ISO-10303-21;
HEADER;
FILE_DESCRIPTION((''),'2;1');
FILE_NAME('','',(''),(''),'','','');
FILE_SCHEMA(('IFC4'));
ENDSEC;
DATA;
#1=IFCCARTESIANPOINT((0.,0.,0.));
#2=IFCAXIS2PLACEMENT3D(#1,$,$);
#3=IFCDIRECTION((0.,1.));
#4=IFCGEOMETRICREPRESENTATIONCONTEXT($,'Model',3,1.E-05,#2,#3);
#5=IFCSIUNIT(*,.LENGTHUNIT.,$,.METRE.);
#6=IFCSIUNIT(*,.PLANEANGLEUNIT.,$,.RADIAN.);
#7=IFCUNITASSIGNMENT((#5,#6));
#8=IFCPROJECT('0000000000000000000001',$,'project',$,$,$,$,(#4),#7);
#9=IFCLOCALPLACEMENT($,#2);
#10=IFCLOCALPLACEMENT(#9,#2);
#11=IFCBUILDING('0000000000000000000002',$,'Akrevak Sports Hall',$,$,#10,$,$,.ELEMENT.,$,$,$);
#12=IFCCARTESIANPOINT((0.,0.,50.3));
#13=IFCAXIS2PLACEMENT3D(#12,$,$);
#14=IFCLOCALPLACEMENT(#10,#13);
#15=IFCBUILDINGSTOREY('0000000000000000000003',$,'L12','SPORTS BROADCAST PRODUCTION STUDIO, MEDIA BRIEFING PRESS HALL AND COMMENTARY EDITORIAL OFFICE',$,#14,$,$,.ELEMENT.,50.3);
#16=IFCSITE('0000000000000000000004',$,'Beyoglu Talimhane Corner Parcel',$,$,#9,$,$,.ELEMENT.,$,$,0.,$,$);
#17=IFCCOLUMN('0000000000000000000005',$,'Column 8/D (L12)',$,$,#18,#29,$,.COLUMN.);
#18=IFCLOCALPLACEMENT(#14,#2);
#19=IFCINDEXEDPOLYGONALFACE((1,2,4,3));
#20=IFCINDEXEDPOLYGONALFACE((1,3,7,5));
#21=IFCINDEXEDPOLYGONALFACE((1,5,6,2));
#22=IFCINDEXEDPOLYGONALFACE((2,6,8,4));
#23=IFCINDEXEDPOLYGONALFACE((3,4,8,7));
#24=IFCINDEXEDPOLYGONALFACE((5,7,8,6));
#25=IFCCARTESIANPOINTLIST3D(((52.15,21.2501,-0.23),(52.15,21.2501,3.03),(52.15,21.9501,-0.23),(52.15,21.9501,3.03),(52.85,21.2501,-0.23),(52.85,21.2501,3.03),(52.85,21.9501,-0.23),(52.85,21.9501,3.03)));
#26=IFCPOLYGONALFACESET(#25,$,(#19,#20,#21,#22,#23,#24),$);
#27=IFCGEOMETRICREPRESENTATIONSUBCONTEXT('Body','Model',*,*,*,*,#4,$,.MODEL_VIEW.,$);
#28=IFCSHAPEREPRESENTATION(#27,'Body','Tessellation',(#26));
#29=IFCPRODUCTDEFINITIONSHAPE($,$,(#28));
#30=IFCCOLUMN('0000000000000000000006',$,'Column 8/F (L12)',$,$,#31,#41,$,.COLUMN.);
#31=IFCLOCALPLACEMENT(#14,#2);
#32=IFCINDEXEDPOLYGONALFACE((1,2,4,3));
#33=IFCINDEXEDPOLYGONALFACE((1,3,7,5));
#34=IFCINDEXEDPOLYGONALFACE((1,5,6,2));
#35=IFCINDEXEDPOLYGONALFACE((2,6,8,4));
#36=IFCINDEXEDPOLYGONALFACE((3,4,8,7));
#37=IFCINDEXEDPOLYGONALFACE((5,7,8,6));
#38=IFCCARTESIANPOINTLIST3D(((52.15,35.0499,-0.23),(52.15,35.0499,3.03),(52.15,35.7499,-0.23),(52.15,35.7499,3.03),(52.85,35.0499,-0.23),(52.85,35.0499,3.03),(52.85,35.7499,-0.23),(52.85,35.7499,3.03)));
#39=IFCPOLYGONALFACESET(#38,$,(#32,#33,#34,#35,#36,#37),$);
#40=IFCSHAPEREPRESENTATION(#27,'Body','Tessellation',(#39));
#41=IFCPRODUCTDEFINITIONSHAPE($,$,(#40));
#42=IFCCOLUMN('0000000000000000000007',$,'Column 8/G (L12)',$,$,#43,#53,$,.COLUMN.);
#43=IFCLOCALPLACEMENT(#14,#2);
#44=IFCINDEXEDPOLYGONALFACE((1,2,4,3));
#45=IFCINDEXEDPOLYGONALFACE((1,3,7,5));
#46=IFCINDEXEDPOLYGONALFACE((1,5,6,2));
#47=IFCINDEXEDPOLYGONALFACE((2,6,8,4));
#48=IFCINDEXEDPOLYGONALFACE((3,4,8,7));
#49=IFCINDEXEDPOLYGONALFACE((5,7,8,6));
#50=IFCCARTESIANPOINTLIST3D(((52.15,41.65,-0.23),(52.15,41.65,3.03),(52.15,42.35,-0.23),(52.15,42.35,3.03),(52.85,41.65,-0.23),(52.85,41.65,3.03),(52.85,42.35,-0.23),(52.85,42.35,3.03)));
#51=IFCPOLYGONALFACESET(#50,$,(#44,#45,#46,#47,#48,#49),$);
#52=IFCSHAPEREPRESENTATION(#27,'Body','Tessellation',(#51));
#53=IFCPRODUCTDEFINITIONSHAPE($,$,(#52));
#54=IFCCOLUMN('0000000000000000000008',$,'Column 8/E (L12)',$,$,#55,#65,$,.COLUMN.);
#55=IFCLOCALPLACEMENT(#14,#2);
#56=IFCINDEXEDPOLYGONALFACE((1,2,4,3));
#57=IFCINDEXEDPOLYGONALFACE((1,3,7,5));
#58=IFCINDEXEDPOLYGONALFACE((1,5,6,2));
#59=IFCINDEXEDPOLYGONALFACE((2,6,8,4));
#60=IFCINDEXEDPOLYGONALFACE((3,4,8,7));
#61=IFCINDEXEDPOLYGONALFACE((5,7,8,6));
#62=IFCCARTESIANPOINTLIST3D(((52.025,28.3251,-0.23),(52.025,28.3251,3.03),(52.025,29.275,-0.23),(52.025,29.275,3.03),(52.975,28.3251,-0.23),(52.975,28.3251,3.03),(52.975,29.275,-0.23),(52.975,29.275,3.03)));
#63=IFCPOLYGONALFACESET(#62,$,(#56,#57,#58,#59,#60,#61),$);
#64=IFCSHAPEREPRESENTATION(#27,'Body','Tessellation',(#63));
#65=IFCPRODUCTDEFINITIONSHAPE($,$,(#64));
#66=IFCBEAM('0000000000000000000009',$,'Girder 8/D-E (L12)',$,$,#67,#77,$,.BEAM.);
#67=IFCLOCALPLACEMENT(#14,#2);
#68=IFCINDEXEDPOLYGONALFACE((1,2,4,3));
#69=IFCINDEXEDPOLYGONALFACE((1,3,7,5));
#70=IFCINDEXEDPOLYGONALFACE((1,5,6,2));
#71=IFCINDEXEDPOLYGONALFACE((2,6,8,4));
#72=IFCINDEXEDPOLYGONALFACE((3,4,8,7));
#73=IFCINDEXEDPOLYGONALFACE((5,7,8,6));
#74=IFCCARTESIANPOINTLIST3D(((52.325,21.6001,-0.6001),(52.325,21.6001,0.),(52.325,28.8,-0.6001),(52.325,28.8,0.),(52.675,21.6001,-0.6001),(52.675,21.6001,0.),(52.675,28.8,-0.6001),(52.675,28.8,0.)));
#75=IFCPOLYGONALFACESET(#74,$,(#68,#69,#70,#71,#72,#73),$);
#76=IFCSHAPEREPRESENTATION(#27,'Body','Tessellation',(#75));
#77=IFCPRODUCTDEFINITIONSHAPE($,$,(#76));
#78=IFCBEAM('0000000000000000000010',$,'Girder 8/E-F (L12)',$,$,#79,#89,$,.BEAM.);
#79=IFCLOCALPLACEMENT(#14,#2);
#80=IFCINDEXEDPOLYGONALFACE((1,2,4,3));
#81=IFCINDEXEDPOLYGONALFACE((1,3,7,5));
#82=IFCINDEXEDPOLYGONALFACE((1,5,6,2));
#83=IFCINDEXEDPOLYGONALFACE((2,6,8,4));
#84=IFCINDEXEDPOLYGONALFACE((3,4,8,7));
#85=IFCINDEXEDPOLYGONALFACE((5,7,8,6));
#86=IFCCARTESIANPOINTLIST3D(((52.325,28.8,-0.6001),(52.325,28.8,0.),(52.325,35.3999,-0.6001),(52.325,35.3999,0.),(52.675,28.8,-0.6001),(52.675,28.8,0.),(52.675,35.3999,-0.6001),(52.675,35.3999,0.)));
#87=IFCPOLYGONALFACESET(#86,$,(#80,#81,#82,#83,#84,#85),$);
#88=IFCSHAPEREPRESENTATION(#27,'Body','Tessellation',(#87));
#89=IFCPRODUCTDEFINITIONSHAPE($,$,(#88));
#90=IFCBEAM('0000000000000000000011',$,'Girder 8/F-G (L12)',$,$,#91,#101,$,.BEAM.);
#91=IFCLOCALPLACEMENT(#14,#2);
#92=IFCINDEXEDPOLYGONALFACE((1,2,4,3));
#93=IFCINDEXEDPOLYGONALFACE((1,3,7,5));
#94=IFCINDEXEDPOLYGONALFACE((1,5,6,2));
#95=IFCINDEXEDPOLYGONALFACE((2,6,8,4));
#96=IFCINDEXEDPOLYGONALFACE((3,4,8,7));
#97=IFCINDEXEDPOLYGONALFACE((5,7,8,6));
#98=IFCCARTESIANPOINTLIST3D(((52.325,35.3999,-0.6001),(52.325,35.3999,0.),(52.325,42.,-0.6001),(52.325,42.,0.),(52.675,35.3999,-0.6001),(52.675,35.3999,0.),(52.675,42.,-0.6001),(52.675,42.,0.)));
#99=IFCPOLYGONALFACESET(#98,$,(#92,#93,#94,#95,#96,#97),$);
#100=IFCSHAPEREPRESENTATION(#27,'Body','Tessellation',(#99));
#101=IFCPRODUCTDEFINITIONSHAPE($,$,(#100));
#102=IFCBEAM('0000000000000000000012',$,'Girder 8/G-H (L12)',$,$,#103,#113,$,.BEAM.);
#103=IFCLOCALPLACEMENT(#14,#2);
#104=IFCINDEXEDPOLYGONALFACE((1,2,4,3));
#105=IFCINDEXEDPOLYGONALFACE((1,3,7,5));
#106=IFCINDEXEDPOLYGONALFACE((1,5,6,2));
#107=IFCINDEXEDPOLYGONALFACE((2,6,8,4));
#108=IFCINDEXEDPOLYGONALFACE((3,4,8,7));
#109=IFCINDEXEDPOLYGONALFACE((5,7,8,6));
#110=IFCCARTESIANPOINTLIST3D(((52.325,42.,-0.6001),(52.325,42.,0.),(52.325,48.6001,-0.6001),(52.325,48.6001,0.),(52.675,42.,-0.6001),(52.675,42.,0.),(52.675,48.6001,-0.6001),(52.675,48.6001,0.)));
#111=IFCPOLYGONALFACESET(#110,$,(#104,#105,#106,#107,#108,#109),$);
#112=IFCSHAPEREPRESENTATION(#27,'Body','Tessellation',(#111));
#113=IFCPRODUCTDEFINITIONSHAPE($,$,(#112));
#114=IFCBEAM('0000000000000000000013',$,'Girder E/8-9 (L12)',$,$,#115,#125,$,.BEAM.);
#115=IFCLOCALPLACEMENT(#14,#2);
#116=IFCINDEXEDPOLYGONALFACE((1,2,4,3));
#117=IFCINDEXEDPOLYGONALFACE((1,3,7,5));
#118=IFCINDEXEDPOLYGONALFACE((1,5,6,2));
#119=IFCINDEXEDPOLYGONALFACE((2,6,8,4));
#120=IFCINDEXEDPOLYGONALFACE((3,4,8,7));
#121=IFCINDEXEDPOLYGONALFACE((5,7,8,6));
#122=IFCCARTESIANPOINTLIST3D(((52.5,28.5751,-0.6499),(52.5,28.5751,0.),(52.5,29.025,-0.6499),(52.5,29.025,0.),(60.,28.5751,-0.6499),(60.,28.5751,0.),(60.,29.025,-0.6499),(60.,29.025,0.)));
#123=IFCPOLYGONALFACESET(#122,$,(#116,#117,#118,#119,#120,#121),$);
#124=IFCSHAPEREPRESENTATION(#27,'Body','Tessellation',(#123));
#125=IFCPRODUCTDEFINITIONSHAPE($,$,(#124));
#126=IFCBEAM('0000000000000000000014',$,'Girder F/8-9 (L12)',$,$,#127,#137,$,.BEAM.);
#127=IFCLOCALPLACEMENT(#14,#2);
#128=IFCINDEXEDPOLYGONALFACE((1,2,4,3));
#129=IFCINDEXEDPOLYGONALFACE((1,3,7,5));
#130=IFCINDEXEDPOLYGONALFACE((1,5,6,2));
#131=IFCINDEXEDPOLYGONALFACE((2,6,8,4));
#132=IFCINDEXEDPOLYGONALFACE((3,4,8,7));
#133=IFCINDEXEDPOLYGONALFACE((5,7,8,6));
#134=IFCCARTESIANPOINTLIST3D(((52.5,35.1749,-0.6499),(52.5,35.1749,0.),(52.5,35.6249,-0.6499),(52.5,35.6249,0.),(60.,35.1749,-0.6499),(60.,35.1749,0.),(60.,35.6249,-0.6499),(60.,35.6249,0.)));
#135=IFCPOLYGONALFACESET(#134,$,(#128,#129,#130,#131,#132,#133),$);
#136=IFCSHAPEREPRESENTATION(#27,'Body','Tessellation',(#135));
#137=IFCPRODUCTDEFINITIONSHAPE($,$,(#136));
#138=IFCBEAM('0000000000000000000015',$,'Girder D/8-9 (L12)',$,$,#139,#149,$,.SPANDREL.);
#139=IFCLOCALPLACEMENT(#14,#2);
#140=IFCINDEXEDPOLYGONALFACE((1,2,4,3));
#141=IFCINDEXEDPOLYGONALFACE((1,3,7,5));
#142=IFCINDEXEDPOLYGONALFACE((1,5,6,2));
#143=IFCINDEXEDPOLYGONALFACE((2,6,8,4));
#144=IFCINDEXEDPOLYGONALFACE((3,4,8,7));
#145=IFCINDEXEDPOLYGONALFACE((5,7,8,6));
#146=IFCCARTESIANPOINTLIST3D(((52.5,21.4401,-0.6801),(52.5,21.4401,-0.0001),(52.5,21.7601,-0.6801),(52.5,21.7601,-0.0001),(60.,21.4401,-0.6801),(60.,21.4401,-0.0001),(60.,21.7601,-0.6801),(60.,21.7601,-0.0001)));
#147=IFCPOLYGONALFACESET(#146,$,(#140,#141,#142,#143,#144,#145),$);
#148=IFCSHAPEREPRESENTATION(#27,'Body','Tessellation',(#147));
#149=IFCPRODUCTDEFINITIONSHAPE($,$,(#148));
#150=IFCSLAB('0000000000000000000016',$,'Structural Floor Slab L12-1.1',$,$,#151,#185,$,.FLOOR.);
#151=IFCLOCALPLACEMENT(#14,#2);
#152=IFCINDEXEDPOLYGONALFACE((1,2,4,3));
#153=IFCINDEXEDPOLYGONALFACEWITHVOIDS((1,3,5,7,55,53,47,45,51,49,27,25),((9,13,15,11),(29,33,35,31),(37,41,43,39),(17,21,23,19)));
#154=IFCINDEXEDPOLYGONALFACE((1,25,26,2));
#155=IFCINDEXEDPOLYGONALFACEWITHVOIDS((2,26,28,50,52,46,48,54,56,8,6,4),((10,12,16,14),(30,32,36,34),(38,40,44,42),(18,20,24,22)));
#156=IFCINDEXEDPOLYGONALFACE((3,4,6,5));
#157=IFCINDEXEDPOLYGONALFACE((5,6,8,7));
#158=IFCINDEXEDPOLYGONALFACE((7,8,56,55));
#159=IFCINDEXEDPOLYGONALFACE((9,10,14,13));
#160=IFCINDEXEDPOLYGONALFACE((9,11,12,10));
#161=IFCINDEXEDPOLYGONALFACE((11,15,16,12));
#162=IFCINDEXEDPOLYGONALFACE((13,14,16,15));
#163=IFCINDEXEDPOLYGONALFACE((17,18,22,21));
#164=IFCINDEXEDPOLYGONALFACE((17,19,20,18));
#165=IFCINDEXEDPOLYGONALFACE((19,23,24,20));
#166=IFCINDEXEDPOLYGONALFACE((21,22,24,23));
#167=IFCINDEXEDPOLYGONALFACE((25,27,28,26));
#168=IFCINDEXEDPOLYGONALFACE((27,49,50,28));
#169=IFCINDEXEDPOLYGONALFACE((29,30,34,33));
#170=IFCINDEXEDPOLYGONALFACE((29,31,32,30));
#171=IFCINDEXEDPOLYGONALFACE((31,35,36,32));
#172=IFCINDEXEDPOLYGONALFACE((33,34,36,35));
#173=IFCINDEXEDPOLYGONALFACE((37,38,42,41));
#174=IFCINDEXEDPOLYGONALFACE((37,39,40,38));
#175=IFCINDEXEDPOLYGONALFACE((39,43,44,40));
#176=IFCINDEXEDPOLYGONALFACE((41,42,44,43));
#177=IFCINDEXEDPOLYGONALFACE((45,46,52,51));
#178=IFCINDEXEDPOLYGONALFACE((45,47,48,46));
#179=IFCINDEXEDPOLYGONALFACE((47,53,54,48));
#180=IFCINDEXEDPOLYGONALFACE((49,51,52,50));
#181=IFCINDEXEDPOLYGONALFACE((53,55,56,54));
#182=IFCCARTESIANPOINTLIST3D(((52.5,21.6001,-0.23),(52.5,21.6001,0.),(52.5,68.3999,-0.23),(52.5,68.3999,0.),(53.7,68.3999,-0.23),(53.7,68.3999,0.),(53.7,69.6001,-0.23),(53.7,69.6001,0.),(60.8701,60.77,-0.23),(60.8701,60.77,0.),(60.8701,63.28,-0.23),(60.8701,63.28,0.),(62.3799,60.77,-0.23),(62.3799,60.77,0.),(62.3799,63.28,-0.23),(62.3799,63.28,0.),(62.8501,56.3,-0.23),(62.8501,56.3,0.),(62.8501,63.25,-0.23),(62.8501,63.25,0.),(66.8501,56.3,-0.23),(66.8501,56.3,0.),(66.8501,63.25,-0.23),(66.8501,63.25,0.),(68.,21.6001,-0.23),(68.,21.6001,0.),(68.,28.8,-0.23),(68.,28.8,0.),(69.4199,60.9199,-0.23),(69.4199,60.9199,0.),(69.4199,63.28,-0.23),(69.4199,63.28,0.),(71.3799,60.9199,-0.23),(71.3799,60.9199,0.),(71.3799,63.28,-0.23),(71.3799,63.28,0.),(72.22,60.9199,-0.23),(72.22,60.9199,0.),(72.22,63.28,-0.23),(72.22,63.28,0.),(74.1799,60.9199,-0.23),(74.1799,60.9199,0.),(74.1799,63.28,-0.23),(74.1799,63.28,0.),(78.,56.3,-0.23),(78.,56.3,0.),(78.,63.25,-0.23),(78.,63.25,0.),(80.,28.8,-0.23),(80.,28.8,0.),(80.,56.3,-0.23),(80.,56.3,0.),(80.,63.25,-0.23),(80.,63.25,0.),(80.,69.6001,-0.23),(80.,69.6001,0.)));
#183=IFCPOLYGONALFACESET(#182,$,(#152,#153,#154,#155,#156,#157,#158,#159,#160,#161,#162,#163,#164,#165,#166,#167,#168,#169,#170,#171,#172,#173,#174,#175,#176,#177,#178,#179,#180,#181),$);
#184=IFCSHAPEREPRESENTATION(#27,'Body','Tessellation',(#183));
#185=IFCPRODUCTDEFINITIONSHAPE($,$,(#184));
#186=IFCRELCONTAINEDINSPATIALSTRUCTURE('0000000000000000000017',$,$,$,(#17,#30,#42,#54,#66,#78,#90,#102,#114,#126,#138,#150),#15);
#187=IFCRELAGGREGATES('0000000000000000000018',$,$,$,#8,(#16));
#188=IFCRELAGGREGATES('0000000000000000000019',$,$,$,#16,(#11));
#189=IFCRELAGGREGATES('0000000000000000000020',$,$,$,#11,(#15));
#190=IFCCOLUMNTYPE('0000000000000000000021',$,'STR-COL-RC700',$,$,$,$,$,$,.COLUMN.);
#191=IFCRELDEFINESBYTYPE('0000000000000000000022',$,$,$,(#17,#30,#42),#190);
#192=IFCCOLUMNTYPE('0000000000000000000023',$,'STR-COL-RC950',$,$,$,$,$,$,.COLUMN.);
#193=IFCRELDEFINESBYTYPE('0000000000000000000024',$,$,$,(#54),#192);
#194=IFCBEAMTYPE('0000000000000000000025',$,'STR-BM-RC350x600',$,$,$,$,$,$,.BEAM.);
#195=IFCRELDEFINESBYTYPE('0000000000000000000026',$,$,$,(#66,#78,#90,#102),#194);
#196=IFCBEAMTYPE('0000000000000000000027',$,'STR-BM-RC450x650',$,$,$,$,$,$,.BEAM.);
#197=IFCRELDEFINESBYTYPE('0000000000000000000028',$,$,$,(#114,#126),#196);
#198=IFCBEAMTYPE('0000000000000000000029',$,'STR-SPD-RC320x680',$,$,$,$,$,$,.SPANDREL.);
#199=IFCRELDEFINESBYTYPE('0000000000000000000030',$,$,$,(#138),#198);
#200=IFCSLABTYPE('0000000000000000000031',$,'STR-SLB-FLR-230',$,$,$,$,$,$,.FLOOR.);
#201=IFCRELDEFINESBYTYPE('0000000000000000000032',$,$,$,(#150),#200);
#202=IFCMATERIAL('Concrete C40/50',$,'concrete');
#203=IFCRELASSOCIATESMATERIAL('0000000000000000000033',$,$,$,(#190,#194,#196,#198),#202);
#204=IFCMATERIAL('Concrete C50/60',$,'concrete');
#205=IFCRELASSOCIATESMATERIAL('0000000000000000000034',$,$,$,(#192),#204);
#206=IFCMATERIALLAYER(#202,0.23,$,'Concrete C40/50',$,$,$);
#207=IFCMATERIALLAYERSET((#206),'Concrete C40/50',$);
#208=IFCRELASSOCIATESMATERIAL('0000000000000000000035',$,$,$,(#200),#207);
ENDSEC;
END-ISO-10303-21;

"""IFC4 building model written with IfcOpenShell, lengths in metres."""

from ifc_helpers import new_model, si_unit, direction, frame, origin, origin_2d, place, context, subcontext, project, spatial, polyline, rectangle, outline, extrude, material, layer, layer_set, material_profile, profile_set, type_object, element, save


model = new_model("IFC4")

# Units and contexts
model_context = context("Model", 3, precision=1e-05, world=origin(), true_north=direction((0.0, 1.0)))
body_context = subcontext(model_context, "Body", "Model", "MODEL_VIEW")
ifc_project = project(units=[si_unit("LENGTHUNIT", "METRE"), si_unit("PLANEANGLEUNIT", "RADIAN")], contexts=[model_context])

# Site, building, storey
site_placement = place(None, origin())
site = spatial("IfcSite", under=ifc_project, at=site_placement, Name="Beyoglu Talimhane Corner Parcel", CompositionType="ELEMENT", RefElevation=0.0)
building_placement = place(site_placement, origin())
building = spatial("IfcBuilding", under=site, at=building_placement, Name="Akrevak Sports Hall", CompositionType="ELEMENT")
storey_placement = place(building_placement, frame((0.0, 0.0, 50.3)))
storey = spatial("IfcBuildingStorey", under=building, at=storey_placement, Name="L12", Description="SPORTS BROADCAST PRODUCTION STUDIO, MEDIA BRIEFING PRESS HALL AND COMMENTARY EDITORIAL OFFICE", CompositionType="ELEMENT", Elevation=50.3)

# Columns
ifc_material_1 = material(Name="Concrete C40/50", Category="concrete")
ifc_material_profile_1 = material_profile(ifc_material_1, rectangle(XDim=0.7, YDim=0.7, at=origin_2d()), Name="RC 700x700", Category="concrete")
ifc_profile_set_1 = profile_set([ifc_material_profile_1], Name="Concrete C40/50")
column_type_1 = type_object("IfcColumnType", Name="STR-COL-RC700", PredefinedType="COLUMN", material=ifc_profile_set_1)
for number, where, z_axis, x_axis, name in (
    (1, (52.5, 21.6001, -0.23), (0.0, 0.0, 1.0), (1.0, 0.0, 0.0), "Column 8/D (L12)"),
    (2, (52.5, 35.3999, -0.23), (0.0, 0.0, 1.0), (1.0, 0.0, 0.0), "Column 8/F (L12)"),
    (3, (52.5, 42.0, -0.23), (0.0, 0.0, 1.0), (1.0, 0.0, 0.0), "Column 8/G (L12)"),
):
    element("IfcColumn", number, at=place(storey_placement, frame(where, z_axis=z_axis, x_axis=x_axis)), inside=storey, type_object=column_type_1, Name=name, PredefinedType="COLUMN", context=body_context, shape_type="SweptSolid", body=[
        extrude(rectangle(XDim=0.7, YDim=0.7, at=origin_2d()), origin(), (0.0, 0.0, 1.0), 3.26),
    ])
ifc_material_2 = material(Name="Concrete C50/60", Category="concrete")
ifc_material_profile_2 = material_profile(ifc_material_2, rectangle(XDim=0.95, YDim=0.95, at=origin_2d()), Name="RC 950x950", Category="concrete")
ifc_profile_set_2 = profile_set([ifc_material_profile_2], Name="Concrete C50/60")
column_type_2 = type_object("IfcColumnType", Name="STR-COL-RC950", PredefinedType="COLUMN", material=ifc_profile_set_2)
column_placement = place(storey_placement, frame((52.5, 28.8, -0.23), z_axis=(0.0, 0.0, 1.0), x_axis=(1.0, 0.0, 0.0)))
element("IfcColumn", 4, at=column_placement, inside=storey, type_object=column_type_2, Name="Column 8/E (L12)", PredefinedType="COLUMN", context=body_context, shape_type="SweptSolid", body=[
    extrude(rectangle(XDim=0.95, YDim=0.95, at=origin_2d()), origin(), (0.0, 0.0, 1.0), 3.26),
])

# Beams
ifc_material_profile_3 = material_profile(ifc_material_1, rectangle(XDim=0.3501, YDim=0.6001, at=origin_2d()), Name="BM 350x600", Category="concrete")
ifc_profile_set_3 = profile_set([ifc_material_profile_3], Name="Concrete C40/50")
beam_type_1 = type_object("IfcBeamType", Name="STR-BM-RC350x600", PredefinedType="BEAM", material=ifc_profile_set_3)
beam_1_placement = place(storey_placement, frame((52.5, 21.6001, -0.3), z_axis=(0.0, 1.0, 0.0), x_axis=(-1.0, 0.0, 0.0)))
element("IfcBeam", 5, at=beam_1_placement, inside=storey, type_object=beam_type_1, Name="Girder 8/D-E (L12)", PredefinedType="BEAM", context=body_context, shape_type="SweptSolid", body=[
    extrude(rectangle(XDim=0.3501, YDim=0.6001, at=origin_2d()), origin(), (0.0, 0.0, 1.0), 7.2),
])
beam_2_placement = place(storey_placement, frame((52.5, 28.8, -0.3), z_axis=(0.0, 1.0, 0.0), x_axis=(-1.0, 0.0, 0.0)))
element("IfcBeam", 6, at=beam_2_placement, inside=storey, type_object=beam_type_1, Name="Girder 8/E-F (L12)", PredefinedType="BEAM", context=body_context, shape_type="SweptSolid", body=[
    extrude(rectangle(XDim=0.3501, YDim=0.6001, at=origin_2d()), origin(), (0.0, 0.0, 1.0), 6.5999),
])
for number, where, z_axis, x_axis, name in (
    (7, (52.5, 35.3999, -0.3), (0.0, 1.0, 0.0), (-1.0, 0.0, 0.0), "Girder 8/F-G (L12)"),
    (8, (52.5, 42.0, -0.3), (0.0, 1.0, 0.0), (-1.0, 0.0, 0.0), "Girder 8/G-H (L12)"),
):
    element("IfcBeam", number, at=place(storey_placement, frame(where, z_axis=z_axis, x_axis=x_axis)), inside=storey, type_object=beam_type_1, Name=name, PredefinedType="BEAM", context=body_context, shape_type="SweptSolid", body=[
        extrude(rectangle(XDim=0.3501, YDim=0.6001, at=origin_2d()), origin(), (0.0, 0.0, 1.0), 6.6001),
    ])
ifc_material_profile_4 = material_profile(ifc_material_1, rectangle(XDim=0.45, YDim=0.6499, at=origin_2d()), Name="BM 450x650", Category="concrete")
ifc_profile_set_4 = profile_set([ifc_material_profile_4], Name="Concrete C40/50")
beam_type_2 = type_object("IfcBeamType", Name="STR-BM-RC450x650", PredefinedType="BEAM", material=ifc_profile_set_4)
for number, where, z_axis, x_axis, name in (
    (9, (52.5, 28.8, -0.325), (1.0, 0.0, 0.0), (0.0, 1.0, 0.0), "Girder E/8-9 (L12)"),
    (10, (52.5, 35.3999, -0.325), (1.0, 0.0, 0.0), (0.0, 1.0, 0.0), "Girder F/8-9 (L12)"),
):
    element("IfcBeam", number, at=place(storey_placement, frame(where, z_axis=z_axis, x_axis=x_axis)), inside=storey, type_object=beam_type_2, Name=name, PredefinedType="BEAM", context=body_context, shape_type="SweptSolid", body=[
        extrude(rectangle(XDim=0.45, YDim=0.6499, at=origin_2d()), origin(), (0.0, 0.0, 1.0), 7.5),
    ])
ifc_material_profile_5 = material_profile(ifc_material_1, rectangle(XDim=0.3201, YDim=0.6799, at=origin_2d()), Name="SPD 320x680", Category="concrete")
ifc_profile_set_5 = profile_set([ifc_material_profile_5], Name="Concrete C40/50")
beam_type_3 = type_object("IfcBeamType", Name="STR-SPD-RC320x680", PredefinedType="SPANDREL", material=ifc_profile_set_5)
beam_3_placement = place(storey_placement, frame((52.5, 21.6001, -0.3401), z_axis=(1.0, 0.0, 0.0), x_axis=(0.0, 1.0, 0.0)))
element("IfcBeam", 11, at=beam_3_placement, inside=storey, type_object=beam_type_3, Name="Girder D/8-9 (L12)", PredefinedType="SPANDREL", context=body_context, shape_type="SweptSolid", body=[
    extrude(rectangle(XDim=0.3201, YDim=0.6799, at=origin_2d()), origin(), (0.0, 0.0, 1.0), 7.5),
])

# Slab
ifc_layer_1 = layer(ifc_material_1, 0.23, Name="Concrete C40/50")
ifc_layer_set_1 = layer_set([ifc_layer_1], Name="Concrete C40/50")
slab_type_1 = type_object("IfcSlabType", Name="STR-SLB-FLR-230", PredefinedType="FLOOR", material=ifc_layer_set_1)
slab_1_placement = place(storey_placement, frame((0.0, 0.0, -0.23)))
element("IfcSlab", 12, at=slab_1_placement, inside=storey, type_object=slab_type_1, Name="Structural Floor Slab L12-1.1", PredefinedType="FLOOR", context=body_context, shape_type="SweptSolid", body=[
    extrude(outline(polyline([(52.5, 68.3999), (52.5, 21.6001), (68.0, 21.6001), (68.0, 28.8), (80.0, 28.8), (80.0, 56.3), (78.0, 56.3), (78.0, 63.25), (80.0, 63.25), (80.0, 69.6001), (53.7, 69.6001), (53.7, 68.3999), (52.5, 68.3999)]), holes=[polyline([(62.8501, 63.25), (66.8501, 63.25), (66.8501, 56.3), (62.8501, 56.3), (62.8501, 63.25)]), polyline([(60.8701, 63.28), (62.3799, 63.28), (62.3799, 60.77), (60.8701, 60.77), (60.8701, 63.28)]), polyline([(69.4199, 63.28), (71.3799, 63.28), (71.3799, 60.9199), (69.4199, 60.9199), (69.4199, 63.28)]), polyline([(72.22, 63.28), (74.1799, 63.28), (74.1799, 60.9199), (72.22, 60.9199), (72.22, 63.28)])]), origin(), (0.0, 0.0, 1.0), 0.23),
])

save(model, "model.ifc")
